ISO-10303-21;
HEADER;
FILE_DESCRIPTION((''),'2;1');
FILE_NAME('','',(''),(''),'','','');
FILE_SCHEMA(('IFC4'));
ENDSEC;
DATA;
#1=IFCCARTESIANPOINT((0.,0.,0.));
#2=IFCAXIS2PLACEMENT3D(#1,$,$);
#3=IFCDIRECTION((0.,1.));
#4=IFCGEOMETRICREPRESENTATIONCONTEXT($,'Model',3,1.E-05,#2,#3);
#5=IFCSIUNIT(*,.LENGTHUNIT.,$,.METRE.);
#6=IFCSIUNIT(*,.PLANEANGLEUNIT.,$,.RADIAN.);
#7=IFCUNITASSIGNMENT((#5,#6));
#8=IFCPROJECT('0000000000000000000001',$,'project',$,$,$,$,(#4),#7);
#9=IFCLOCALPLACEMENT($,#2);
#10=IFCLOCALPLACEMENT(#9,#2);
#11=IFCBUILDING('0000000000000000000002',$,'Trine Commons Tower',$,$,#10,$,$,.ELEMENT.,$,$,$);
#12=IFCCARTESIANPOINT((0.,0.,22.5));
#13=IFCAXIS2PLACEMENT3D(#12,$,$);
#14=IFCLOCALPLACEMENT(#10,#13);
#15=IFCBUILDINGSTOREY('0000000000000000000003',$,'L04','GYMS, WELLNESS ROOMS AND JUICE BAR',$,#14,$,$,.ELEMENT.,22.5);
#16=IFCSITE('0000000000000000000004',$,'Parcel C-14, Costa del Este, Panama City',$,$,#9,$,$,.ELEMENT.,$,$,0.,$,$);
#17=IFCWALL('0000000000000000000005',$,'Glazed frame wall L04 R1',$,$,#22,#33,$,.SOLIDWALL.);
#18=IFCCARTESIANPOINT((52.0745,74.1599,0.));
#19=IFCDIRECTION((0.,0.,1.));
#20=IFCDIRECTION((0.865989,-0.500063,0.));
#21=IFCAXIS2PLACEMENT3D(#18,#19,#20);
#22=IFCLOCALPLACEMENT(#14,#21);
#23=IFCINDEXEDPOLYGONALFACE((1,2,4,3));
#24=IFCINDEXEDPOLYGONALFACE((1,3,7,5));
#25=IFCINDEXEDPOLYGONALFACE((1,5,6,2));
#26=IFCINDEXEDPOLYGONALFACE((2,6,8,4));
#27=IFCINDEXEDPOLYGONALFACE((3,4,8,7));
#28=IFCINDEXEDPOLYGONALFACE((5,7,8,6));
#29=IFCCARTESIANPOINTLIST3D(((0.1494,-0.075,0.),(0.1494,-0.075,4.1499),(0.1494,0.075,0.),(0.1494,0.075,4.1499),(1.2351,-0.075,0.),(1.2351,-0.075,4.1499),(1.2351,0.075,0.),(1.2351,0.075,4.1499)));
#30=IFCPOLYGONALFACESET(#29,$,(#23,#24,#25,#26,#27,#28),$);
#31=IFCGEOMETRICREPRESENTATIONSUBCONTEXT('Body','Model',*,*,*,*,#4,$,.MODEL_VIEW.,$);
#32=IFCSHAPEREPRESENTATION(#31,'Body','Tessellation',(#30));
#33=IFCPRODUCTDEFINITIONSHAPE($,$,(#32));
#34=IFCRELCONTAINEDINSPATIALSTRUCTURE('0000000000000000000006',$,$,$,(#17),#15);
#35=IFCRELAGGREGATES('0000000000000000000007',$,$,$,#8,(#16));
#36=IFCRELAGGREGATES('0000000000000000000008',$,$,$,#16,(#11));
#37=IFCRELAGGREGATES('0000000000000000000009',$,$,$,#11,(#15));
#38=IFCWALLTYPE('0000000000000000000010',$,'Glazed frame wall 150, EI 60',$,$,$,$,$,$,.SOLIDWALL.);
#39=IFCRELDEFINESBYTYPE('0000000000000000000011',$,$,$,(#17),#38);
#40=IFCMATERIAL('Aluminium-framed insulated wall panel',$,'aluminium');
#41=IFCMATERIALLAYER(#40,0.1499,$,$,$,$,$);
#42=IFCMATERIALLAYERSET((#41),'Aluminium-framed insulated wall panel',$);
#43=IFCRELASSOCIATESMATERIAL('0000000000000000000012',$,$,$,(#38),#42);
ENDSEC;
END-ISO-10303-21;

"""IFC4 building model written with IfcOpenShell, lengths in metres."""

from ifc_helpers import new_model, si_unit, direction, frame, origin, place, context, subcontext, project, spatial, polyline, outline, extrude, material, layer, layer_set, type_object, element, save


model = new_model("IFC4")

# Units and contexts
model_context = context("Model", 3, precision=1e-05, world=origin(), true_north=direction((0.0, 1.0)))
body_context = subcontext(model_context, "Body", "Model", "MODEL_VIEW")
ifc_project = project(units=[si_unit("LENGTHUNIT", "METRE"), si_unit("PLANEANGLEUNIT", "RADIAN")], contexts=[model_context])

# Site, building, storey
site_placement = place(None, origin())
site = spatial("IfcSite", under=ifc_project, at=site_placement, Name="Parcel C-14, Costa del Este, Panama City", CompositionType="ELEMENT", RefElevation=0.0)
building_placement = place(site_placement, origin())
building = spatial("IfcBuilding", under=site, at=building_placement, Name="Trine Commons Tower", CompositionType="ELEMENT")
storey_placement = place(building_placement, frame((0.0, 0.0, 22.5)))
storey = spatial("IfcBuildingStorey", under=building, at=storey_placement, Name="L04", Description="GYMS, WELLNESS ROOMS AND JUICE BAR", CompositionType="ELEMENT", Elevation=22.5)

# Wall
ifc_material_1 = material(Name="Aluminium-framed insulated wall panel", Category="aluminium")
ifc_layer_1 = layer(ifc_material_1, 0.1499)
ifc_layer_set_1 = layer_set([ifc_layer_1], Name="Aluminium-framed insulated wall panel")
wall_type_1 = type_object("IfcWallType", Name="Glazed frame wall 150, EI 60", PredefinedType="SOLIDWALL", material=ifc_layer_set_1)
wall_1_placement = place(storey_placement, frame((52.0745, 74.1599, 0.0), z_axis=(0.0, 0.0, 1.0), x_axis=(0.865989, -0.500063, 0.0)))
element("IfcWall", 1, at=wall_1_placement, inside=storey, type_object=wall_type_1, Name="Glazed frame wall L04 R1", PredefinedType="SOLIDWALL", context=body_context, shape_type="SweptSolid", body=[
    extrude(outline(polyline([(0.1494, 0.075), (0.1494, -0.075), (1.2351, -0.075), (1.2351, 0.075), (0.1494, 0.075)])), origin(), (0.0, 0.0, 1.0), 4.1499),
])

save(model, "model.ifc")
